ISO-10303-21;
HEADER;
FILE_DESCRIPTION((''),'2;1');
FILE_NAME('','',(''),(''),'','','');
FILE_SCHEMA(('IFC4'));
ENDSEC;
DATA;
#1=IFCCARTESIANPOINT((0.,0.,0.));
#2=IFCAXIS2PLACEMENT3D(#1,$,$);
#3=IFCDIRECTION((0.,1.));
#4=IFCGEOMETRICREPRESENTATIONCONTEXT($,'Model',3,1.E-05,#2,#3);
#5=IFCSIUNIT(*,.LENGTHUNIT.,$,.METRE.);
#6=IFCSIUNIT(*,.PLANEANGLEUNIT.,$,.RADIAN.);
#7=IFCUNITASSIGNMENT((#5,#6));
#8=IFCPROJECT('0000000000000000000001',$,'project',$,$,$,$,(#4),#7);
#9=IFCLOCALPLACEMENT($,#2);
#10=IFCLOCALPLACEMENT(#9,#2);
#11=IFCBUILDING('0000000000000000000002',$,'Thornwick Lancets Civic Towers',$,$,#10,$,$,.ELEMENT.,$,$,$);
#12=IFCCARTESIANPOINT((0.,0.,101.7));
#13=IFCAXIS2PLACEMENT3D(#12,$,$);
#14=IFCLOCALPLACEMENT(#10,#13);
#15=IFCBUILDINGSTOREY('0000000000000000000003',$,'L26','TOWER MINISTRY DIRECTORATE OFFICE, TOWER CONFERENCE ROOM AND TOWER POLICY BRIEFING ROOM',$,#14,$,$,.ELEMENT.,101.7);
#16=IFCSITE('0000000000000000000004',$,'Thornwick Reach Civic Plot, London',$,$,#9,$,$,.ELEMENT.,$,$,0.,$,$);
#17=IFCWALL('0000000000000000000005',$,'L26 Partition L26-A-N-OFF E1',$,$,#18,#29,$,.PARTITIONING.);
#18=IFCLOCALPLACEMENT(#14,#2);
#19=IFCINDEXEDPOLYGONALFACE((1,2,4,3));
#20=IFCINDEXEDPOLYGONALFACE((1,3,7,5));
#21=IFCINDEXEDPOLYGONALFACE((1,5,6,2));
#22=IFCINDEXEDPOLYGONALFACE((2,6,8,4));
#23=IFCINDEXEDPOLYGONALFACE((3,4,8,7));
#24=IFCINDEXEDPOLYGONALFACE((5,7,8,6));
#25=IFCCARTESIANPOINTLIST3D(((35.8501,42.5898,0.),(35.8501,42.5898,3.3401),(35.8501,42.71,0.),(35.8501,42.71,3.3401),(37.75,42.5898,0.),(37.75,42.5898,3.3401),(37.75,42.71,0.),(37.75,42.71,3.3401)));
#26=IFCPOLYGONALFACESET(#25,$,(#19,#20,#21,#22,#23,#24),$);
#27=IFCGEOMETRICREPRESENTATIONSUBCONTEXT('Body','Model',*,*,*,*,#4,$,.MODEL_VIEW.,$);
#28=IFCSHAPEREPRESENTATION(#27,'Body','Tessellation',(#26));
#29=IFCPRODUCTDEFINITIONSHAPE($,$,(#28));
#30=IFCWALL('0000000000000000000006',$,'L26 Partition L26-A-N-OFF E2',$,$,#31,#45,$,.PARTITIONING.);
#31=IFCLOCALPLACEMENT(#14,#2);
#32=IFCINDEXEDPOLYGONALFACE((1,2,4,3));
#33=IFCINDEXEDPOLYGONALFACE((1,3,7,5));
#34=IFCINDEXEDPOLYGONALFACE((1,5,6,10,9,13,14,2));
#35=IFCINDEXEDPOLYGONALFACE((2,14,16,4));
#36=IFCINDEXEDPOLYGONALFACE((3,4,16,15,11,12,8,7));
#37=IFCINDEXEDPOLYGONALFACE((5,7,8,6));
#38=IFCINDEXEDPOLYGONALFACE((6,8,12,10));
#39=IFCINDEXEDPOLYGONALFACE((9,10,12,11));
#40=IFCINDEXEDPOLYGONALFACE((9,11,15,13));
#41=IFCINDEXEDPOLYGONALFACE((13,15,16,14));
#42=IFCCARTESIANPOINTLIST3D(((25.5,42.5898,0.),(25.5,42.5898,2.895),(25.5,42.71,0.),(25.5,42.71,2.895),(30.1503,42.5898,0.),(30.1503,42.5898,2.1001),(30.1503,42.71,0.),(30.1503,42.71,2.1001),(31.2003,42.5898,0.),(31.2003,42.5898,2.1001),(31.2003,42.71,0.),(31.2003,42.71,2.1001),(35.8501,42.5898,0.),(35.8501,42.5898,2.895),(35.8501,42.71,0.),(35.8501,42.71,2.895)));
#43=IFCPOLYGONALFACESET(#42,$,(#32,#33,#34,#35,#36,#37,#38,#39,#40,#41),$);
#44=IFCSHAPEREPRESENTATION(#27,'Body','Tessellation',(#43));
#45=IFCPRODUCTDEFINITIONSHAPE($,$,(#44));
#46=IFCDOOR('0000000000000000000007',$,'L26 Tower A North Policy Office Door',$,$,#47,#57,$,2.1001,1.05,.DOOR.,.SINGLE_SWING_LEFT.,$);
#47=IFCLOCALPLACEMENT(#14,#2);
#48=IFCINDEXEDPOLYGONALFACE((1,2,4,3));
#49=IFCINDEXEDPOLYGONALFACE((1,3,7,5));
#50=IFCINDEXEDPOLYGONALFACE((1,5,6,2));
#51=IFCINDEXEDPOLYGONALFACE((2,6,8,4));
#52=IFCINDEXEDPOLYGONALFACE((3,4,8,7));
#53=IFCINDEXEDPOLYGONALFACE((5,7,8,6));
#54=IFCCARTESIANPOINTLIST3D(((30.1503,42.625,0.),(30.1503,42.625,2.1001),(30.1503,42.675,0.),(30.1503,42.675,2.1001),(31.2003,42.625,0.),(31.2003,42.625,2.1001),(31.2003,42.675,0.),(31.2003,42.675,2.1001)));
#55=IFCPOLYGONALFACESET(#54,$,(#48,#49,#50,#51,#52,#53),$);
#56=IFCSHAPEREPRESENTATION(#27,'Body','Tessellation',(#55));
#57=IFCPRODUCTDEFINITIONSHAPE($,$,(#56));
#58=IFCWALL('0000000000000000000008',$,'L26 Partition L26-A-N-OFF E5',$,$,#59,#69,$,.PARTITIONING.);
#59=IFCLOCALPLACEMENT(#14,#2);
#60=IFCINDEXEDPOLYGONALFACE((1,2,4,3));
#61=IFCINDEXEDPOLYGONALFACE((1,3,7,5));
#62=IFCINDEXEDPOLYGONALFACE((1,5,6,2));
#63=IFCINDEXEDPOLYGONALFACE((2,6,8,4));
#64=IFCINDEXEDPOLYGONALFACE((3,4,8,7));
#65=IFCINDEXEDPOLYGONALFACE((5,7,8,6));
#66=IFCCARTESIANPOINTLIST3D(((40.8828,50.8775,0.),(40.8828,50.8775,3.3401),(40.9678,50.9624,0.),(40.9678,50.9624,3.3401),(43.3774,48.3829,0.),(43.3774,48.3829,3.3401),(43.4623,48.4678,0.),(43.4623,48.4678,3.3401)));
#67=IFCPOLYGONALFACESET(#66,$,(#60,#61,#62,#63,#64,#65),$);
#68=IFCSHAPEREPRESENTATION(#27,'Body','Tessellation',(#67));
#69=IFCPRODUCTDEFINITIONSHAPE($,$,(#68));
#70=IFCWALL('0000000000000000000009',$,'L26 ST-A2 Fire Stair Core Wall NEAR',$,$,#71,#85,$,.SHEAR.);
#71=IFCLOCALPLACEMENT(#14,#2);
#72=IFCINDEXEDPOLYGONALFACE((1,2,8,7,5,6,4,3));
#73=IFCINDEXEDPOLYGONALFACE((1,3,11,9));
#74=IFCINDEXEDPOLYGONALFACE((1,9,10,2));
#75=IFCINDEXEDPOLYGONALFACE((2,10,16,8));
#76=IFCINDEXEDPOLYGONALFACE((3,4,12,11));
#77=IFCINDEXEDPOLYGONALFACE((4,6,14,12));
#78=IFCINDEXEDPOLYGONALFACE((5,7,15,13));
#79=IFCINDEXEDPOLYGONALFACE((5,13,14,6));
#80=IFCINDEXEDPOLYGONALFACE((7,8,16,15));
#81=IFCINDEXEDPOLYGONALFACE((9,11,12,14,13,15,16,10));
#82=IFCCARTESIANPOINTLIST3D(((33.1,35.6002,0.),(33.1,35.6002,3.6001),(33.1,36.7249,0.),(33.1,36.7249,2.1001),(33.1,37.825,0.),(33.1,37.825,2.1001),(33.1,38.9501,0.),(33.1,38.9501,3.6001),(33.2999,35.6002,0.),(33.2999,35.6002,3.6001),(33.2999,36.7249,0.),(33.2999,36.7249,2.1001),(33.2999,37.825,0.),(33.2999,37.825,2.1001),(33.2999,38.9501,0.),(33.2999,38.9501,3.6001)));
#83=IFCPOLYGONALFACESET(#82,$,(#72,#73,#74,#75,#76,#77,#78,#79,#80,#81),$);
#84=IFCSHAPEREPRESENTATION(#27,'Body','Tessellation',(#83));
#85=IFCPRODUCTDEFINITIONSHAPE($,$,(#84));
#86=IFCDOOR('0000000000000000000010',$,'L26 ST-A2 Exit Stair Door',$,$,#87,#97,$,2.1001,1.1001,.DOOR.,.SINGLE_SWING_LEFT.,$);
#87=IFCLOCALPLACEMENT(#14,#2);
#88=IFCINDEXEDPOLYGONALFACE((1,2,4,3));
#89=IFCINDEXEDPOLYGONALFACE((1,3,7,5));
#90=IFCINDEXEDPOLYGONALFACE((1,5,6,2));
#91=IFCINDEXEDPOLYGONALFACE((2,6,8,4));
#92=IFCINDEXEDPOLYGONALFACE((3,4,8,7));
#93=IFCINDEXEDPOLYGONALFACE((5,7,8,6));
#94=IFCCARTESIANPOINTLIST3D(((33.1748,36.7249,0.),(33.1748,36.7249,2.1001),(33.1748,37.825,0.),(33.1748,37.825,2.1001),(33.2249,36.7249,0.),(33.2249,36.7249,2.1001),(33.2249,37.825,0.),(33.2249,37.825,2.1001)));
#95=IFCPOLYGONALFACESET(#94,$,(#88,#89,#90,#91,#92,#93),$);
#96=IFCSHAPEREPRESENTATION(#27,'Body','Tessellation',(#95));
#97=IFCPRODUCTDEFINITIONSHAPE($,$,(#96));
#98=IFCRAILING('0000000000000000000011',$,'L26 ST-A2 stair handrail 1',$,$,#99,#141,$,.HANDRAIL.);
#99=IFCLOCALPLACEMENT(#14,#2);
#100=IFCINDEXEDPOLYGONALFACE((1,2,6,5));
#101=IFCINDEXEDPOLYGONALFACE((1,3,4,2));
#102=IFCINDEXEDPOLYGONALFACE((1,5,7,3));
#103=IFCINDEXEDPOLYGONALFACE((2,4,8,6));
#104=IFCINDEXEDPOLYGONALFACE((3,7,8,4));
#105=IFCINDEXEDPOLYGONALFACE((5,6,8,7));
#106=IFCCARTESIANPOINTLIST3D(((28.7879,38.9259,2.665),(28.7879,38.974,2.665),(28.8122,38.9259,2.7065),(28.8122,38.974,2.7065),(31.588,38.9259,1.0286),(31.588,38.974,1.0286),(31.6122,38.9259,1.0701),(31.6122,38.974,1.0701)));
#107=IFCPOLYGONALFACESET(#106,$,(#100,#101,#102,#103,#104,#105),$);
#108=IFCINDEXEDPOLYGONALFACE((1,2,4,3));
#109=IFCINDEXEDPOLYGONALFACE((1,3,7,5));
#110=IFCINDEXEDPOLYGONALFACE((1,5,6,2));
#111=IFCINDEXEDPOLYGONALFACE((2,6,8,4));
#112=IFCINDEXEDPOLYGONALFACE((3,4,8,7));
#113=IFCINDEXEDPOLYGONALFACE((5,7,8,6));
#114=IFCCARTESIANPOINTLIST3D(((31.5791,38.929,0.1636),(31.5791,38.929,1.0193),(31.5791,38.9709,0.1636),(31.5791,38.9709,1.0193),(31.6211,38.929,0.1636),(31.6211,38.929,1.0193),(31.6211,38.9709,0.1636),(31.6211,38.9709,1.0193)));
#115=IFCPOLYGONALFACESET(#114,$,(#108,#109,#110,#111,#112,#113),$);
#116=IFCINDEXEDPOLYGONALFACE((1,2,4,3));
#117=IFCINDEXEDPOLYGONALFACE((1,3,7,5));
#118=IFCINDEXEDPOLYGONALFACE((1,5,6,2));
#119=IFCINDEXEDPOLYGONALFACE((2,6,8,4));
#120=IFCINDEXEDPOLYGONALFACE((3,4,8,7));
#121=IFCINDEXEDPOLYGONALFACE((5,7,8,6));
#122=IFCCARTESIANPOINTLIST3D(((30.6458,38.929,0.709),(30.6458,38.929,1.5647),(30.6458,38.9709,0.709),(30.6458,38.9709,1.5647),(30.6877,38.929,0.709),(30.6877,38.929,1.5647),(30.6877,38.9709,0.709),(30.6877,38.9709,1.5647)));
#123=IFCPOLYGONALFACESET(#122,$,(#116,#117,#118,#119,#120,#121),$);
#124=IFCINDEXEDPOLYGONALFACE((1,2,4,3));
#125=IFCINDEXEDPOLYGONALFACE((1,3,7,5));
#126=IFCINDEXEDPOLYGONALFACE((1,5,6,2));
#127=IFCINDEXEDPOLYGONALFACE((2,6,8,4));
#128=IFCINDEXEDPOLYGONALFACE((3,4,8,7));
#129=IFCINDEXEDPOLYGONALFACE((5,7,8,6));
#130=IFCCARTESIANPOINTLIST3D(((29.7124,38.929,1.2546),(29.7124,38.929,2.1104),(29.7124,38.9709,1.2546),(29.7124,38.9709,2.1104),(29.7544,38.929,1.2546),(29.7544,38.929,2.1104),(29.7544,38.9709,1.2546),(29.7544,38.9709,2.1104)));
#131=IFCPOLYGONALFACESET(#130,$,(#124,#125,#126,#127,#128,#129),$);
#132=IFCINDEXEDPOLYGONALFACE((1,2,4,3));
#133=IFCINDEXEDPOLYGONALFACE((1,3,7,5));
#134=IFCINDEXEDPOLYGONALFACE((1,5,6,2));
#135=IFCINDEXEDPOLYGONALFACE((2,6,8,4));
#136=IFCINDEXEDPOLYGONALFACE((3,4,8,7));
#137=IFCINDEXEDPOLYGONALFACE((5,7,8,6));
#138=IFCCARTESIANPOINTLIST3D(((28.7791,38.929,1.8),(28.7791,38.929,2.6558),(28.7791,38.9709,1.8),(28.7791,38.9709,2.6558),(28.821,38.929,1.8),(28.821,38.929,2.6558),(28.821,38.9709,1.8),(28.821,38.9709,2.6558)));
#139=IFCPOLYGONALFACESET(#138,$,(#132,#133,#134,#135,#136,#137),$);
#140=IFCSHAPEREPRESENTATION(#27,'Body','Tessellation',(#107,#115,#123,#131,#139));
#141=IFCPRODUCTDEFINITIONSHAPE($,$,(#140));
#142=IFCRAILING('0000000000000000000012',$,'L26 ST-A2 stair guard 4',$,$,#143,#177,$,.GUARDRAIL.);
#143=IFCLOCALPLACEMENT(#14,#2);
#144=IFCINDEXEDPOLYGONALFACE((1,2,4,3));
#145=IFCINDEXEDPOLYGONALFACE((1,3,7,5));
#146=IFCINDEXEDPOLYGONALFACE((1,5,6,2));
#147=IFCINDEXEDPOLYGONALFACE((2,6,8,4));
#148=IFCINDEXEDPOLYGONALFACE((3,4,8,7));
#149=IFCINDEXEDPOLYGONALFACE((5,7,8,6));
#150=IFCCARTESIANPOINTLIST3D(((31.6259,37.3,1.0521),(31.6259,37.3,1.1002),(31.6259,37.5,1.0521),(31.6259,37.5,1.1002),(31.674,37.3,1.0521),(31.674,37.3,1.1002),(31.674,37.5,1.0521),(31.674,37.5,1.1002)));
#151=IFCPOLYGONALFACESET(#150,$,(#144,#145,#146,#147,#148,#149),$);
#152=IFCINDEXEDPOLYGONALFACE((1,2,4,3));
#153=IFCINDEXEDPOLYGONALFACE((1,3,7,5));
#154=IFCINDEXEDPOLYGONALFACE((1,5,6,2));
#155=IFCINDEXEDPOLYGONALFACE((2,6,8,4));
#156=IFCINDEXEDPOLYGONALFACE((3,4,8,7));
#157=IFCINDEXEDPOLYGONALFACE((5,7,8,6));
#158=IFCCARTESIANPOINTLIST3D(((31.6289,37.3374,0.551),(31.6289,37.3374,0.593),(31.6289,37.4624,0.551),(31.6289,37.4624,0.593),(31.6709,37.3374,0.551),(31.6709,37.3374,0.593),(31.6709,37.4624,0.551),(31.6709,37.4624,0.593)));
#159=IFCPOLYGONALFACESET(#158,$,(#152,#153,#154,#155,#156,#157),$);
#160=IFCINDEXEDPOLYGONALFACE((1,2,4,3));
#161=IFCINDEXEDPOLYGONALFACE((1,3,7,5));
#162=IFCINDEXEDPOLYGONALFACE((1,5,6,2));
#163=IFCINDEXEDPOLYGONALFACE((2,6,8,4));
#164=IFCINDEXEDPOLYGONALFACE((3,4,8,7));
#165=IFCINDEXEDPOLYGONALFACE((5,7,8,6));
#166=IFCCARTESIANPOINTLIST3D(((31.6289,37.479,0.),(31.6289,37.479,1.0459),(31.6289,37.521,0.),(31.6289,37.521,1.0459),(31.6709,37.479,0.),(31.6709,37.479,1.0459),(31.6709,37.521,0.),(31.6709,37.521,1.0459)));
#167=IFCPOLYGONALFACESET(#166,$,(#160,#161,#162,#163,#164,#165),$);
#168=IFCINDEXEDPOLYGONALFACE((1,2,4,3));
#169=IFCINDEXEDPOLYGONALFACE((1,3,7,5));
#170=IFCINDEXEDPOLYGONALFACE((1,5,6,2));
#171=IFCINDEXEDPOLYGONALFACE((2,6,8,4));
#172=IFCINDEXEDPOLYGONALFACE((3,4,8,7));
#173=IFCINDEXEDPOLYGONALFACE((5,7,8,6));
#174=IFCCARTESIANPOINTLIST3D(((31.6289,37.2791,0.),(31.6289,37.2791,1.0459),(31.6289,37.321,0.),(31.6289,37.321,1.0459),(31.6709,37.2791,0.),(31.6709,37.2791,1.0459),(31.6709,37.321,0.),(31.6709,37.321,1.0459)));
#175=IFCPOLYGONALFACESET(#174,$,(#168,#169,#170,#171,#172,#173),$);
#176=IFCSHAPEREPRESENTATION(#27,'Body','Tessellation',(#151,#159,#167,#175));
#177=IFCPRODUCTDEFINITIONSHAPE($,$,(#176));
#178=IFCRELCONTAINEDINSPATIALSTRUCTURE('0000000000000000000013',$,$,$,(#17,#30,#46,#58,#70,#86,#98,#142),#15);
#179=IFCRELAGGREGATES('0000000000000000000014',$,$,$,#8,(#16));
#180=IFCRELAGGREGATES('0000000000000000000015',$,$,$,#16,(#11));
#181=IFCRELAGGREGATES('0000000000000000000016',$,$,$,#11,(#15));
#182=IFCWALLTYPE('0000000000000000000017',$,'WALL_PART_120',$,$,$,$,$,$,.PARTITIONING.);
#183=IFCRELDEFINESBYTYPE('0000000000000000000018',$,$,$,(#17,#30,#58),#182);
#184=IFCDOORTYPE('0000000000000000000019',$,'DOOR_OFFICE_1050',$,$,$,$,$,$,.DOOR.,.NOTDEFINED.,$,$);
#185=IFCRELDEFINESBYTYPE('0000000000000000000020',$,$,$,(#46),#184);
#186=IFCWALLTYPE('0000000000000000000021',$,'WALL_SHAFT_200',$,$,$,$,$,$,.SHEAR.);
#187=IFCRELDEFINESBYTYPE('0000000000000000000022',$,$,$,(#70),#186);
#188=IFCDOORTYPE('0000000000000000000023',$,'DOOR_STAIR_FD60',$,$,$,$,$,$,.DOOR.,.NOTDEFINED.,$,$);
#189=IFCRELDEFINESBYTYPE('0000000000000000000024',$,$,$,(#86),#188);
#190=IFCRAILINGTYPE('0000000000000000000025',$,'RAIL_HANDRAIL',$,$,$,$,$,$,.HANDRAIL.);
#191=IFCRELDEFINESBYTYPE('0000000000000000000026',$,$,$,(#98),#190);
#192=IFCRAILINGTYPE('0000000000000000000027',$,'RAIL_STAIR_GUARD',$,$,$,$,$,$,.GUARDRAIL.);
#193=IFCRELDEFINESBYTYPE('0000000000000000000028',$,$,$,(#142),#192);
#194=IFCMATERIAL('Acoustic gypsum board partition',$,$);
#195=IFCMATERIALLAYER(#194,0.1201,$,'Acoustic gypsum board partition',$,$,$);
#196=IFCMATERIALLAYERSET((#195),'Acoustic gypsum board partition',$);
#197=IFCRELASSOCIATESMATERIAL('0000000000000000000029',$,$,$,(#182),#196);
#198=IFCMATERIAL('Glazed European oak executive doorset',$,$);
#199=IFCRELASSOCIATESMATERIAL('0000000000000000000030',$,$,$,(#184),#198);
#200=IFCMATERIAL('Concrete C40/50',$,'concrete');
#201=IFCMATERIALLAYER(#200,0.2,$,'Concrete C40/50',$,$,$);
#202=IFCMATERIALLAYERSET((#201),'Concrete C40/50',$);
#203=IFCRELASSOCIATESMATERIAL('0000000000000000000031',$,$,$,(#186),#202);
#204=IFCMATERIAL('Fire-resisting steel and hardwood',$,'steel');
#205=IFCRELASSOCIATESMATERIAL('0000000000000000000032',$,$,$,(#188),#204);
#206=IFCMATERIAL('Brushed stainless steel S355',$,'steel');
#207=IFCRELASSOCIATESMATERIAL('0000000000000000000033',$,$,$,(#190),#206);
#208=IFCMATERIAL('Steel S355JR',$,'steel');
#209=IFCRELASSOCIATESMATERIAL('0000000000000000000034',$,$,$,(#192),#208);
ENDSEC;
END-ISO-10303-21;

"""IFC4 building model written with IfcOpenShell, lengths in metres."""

from ifc_helpers import new_model, si_unit, direction, frame, frame_2d, origin, origin_2d, place, context, subcontext, project, spatial, rectangle, extrude, material, layer, layer_set, type_object, element, fill, save


model = new_model("IFC4")

# Units and contexts
model_context = context("Model", 3, precision=1e-05, world=origin(), true_north=direction((0.0, 1.0)))
body_context = subcontext(model_context, "Body", "Model", "MODEL_VIEW")
ifc_project = project(units=[si_unit("LENGTHUNIT", "METRE"), si_unit("PLANEANGLEUNIT", "RADIAN")], contexts=[model_context])

# Site, building, storey
site_placement = place(None, origin())
site = spatial("IfcSite", under=ifc_project, at=site_placement, Name="Thornwick Reach Civic Plot, London", CompositionType="ELEMENT", RefElevation=0.0)
building_placement = place(site_placement, origin())
building = spatial("IfcBuilding", under=site, at=building_placement, Name="Thornwick Lancets Civic Towers", CompositionType="ELEMENT")
storey_placement = place(building_placement, frame((0.0, 0.0, 101.7)))
storey = spatial("IfcBuildingStorey", under=building, at=storey_placement, Name="L26", Description="TOWER MINISTRY DIRECTORATE OFFICE, TOWER CONFERENCE ROOM AND TOWER POLICY BRIEFING ROOM", CompositionType="ELEMENT", Elevation=101.7)

# Shared definitions
ifc_material_1 = material(Name="Steel S355JR", Category="steel")

# Wall
ifc_material_2 = material(Name="Acoustic gypsum board partition")
ifc_layer_1 = layer(ifc_material_2, 0.1201, Name="Acoustic gypsum board partition")
ifc_layer_set_1 = layer_set([ifc_layer_1], Name="Acoustic gypsum board partition")
wall_type_1 = type_object("IfcWallType", Name="WALL_PART_120", PredefinedType="PARTITIONING", material=ifc_layer_set_1)
wall_1_placement = place(storey_placement, frame((37.75, 42.6499, 0.0), z_axis=(0.0, 0.0, 1.0), x_axis=(-1.0, 0.0, 0.0)))
element("IfcWall", 1, at=wall_1_placement, inside=storey, type_object=wall_type_1, Name="L26 Partition L26-A-N-OFF E1", PredefinedType="PARTITIONING", context=body_context, shape_type="SweptSolid", body=[
    extrude(rectangle(XDim=1.8999, YDim=0.1201, at=frame_2d((0.95, 0.0))), origin(), (0.0, 0.0, 1.0), 3.3401),
])

# Wall, opening, door
wall_2_placement = place(storey_placement, frame((35.8501, 42.6499, 0.0), z_axis=(0.0, 0.0, 1.0), x_axis=(-1.0, 0.0, 0.0)))
wall_2 = element("IfcWall", 2, at=wall_2_placement, inside=storey, type_object=wall_type_1, Name="L26 Partition L26-A-N-OFF E2", PredefinedType="PARTITIONING", context=body_context, shape_type="SweptSolid", body=[
    extrude(rectangle(XDim=10.3501, YDim=0.1201, at=frame_2d((5.175, 0.0))), origin(), (0.0, 0.0, 1.0), 2.895),
])
opening_1_placement = place(wall_2_placement, frame((4.6499, 0.0, 0.0)))
opening_1 = element("IfcOpeningElement", 3, at=opening_1_placement, cuts=wall_2, PredefinedType="OPENING", context=body_context, shape_type="SweptSolid", body=[
    extrude(rectangle(XDim=1.05, YDim=2.1001, at=frame_2d((0.5249, 1.05))), frame((0.0, 0.0701, 0.0), z_axis=(0.0, -1.0, 0.0), x_axis=(1.0, 0.0, 0.0)), (0.0, 0.0, 1.0), 0.1401),
])
ifc_material_3 = material(Name="Glazed European oak executive doorset")
door_type_1 = type_object("IfcDoorType", Name="DOOR_OFFICE_1050", OperationType="NOTDEFINED", PredefinedType="DOOR", material=ifc_material_3)
door_1_placement = place(opening_1_placement, origin())
door_1 = element("IfcDoor", 4, at=door_1_placement, inside=storey, type_object=door_type_1, Name="L26 Tower A North Policy Office Door", OperationType="SINGLE_SWING_LEFT", OverallHeight=2.1001, OverallWidth=1.05, PredefinedType="DOOR", context=body_context, shape_type="SweptSolid", body=[
    extrude(rectangle(XDim=1.05, YDim=2.1001, at=frame_2d((0.5249, 1.05))), frame((0.0, 0.0249, 0.0), z_axis=(0.0, -1.0, 0.0), x_axis=(1.0, 0.0, 0.0)), (0.0, 0.0, 1.0), 0.05),
])
fill(opening_1, door_1)

# Wall
wall_3_placement = place(storey_placement, frame((40.9253, 50.9199, 0.0), z_axis=(0.0, 0.0, 1.0), x_axis=(0.707107, -0.707107, 0.0)))
element("IfcWall", 5, at=wall_3_placement, inside=storey, type_object=wall_type_1, Name="L26 Partition L26-A-N-OFF E5", PredefinedType="PARTITIONING", context=body_context, shape_type="SweptSolid", body=[
    extrude(rectangle(XDim=3.5278, YDim=0.1201, at=frame_2d((1.7639, 0.0))), origin(), (0.0, 0.0, 1.0), 3.3401),
])

# Wall, opening, door
ifc_material_4 = material(Name="Concrete C40/50", Category="concrete")
ifc_layer_2 = layer(ifc_material_4, 0.2, Name="Concrete C40/50")
ifc_layer_set_2 = layer_set([ifc_layer_2], Name="Concrete C40/50")
wall_type_2 = type_object("IfcWallType", Name="WALL_SHAFT_200", PredefinedType="SHEAR", material=ifc_layer_set_2)
wall_4_placement = place(storey_placement, frame((33.2, 38.95, 0.0), z_axis=(0.0, 0.0, 1.0), x_axis=(0.0, -1.0, 0.0)))
wall_4 = element("IfcWall", 6, at=wall_4_placement, inside=storey, type_object=wall_type_2, Name="L26 ST-A2 Fire Stair Core Wall NEAR", PredefinedType="SHEAR", context=body_context, shape_type="SweptSolid", body=[
    extrude(rectangle(XDim=3.3499, YDim=0.2, at=frame_2d((1.6748, 0.0))), origin(), (0.0, 0.0, 1.0), 3.6001),
])
opening_2_placement = place(wall_4_placement, frame((1.125, 0.0, 0.0)))
opening_2 = element("IfcOpeningElement", 7, at=opening_2_placement, cuts=wall_4, PredefinedType="OPENING", context=body_context, shape_type="SweptSolid", body=[
    extrude(rectangle(XDim=1.1001, YDim=2.1001, at=frame_2d((0.55, 1.05))), frame((0.0, 0.1099, 0.0), z_axis=(0.0, -1.0, 0.0), x_axis=(1.0, 0.0, 0.0)), (0.0, 0.0, 1.0), 0.22),
])
ifc_material_5 = material(Name="Fire-resisting steel and hardwood", Category="steel")
door_type_2 = type_object("IfcDoorType", Name="DOOR_STAIR_FD60", OperationType="NOTDEFINED", PredefinedType="DOOR", material=ifc_material_5)
door_2_placement = place(opening_2_placement, origin())
door_2 = element("IfcDoor", 8, at=door_2_placement, inside=storey, type_object=door_type_2, Name="L26 ST-A2 Exit Stair Door", OperationType="SINGLE_SWING_LEFT", OverallHeight=2.1001, OverallWidth=1.1001, PredefinedType="DOOR", context=body_context, shape_type="SweptSolid", body=[
    extrude(rectangle(XDim=1.1001, YDim=2.1001, at=frame_2d((0.55, 1.05))), frame((0.0, 0.0249, 0.0), z_axis=(0.0, -1.0, 0.0), x_axis=(1.0, 0.0, 0.0)), (0.0, 0.0, 1.0), 0.05),
])
fill(opening_2, door_2)

# Railings
ifc_material_6 = material(Name="Brushed stainless steel S355", Category="steel")
railing_type_1 = type_object("IfcRailingType", Name="RAIL_HANDRAIL", PredefinedType="HANDRAIL", material=ifc_material_6)
railing_1_placement = place(storey_placement, frame((31.6001, 38.95, 0.1636)))
element("IfcRailing", 9, at=railing_1_placement, inside=storey, type_object=railing_type_1, Name="L26 ST-A2 stair handrail 1", PredefinedType="HANDRAIL", context=body_context, shape_type="SweptSolid", body=[
    extrude(rectangle(XDim=0.0481, YDim=0.0481, at=origin_2d()), frame((0.0, 0.0, 0.8857), z_axis=(-0.863361, 0.0, 0.504587), x_axis=(0.0, -1.0, 0.0)), (0.0, 0.0, 1.0), 3.2432),
    extrude(rectangle(XDim=0.042, YDim=0.042, at=origin_2d()), origin(), (0.0, 0.0, 1.0), 0.8557),
    extrude(rectangle(XDim=0.042, YDim=0.042, at=origin_2d()), frame((-0.9333, 0.0, 0.5454)), (0.0, 0.0, 1.0), 0.8557),
    extrude(rectangle(XDim=0.042, YDim=0.042, at=origin_2d()), frame((-1.8667, 0.0, 1.0911)), (0.0, 0.0, 1.0), 0.8557),
    extrude(rectangle(XDim=0.042, YDim=0.042, at=origin_2d()), frame((-2.8, 0.0, 1.6365)), (0.0, 0.0, 1.0), 0.8557),
])
railing_type_2 = type_object("IfcRailingType", Name="RAIL_STAIR_GUARD", PredefinedType="GUARDRAIL", material=ifc_material_1)
railing_2_placement = place(storey_placement, frame((31.6499, 37.5, 0.0)))
element("IfcRailing", 10, at=railing_2_placement, inside=storey, type_object=railing_type_2, Name="L26 ST-A2 stair guard 4", PredefinedType="GUARDRAIL", context=body_context, shape_type="SweptSolid", body=[
    extrude(rectangle(XDim=0.0481, YDim=0.0481, at=origin_2d()), frame((0.0, 0.0, 1.0762), z_axis=(0.0, -1.0, 0.0), x_axis=(1.0, 0.0, 0.0)), (0.0, 0.0, 1.0), 0.2),
    extrude(rectangle(XDim=0.042, YDim=0.042, at=origin_2d()), frame((0.0, -0.0376, 0.572), z_axis=(0.0, -1.0, 0.0), x_axis=(1.0, 0.0, 0.0)), (0.0, 0.0, 1.0), 0.125),
    extrude(rectangle(XDim=0.042, YDim=0.042, at=origin_2d()), origin(), (0.0, 0.0, 1.0), 1.0459),
    extrude(rectangle(XDim=0.042, YDim=0.042, at=origin_2d()), frame((0.0, -0.2, 0.0)), (0.0, 0.0, 1.0), 1.0459),
])

save(model, "model.ifc")
